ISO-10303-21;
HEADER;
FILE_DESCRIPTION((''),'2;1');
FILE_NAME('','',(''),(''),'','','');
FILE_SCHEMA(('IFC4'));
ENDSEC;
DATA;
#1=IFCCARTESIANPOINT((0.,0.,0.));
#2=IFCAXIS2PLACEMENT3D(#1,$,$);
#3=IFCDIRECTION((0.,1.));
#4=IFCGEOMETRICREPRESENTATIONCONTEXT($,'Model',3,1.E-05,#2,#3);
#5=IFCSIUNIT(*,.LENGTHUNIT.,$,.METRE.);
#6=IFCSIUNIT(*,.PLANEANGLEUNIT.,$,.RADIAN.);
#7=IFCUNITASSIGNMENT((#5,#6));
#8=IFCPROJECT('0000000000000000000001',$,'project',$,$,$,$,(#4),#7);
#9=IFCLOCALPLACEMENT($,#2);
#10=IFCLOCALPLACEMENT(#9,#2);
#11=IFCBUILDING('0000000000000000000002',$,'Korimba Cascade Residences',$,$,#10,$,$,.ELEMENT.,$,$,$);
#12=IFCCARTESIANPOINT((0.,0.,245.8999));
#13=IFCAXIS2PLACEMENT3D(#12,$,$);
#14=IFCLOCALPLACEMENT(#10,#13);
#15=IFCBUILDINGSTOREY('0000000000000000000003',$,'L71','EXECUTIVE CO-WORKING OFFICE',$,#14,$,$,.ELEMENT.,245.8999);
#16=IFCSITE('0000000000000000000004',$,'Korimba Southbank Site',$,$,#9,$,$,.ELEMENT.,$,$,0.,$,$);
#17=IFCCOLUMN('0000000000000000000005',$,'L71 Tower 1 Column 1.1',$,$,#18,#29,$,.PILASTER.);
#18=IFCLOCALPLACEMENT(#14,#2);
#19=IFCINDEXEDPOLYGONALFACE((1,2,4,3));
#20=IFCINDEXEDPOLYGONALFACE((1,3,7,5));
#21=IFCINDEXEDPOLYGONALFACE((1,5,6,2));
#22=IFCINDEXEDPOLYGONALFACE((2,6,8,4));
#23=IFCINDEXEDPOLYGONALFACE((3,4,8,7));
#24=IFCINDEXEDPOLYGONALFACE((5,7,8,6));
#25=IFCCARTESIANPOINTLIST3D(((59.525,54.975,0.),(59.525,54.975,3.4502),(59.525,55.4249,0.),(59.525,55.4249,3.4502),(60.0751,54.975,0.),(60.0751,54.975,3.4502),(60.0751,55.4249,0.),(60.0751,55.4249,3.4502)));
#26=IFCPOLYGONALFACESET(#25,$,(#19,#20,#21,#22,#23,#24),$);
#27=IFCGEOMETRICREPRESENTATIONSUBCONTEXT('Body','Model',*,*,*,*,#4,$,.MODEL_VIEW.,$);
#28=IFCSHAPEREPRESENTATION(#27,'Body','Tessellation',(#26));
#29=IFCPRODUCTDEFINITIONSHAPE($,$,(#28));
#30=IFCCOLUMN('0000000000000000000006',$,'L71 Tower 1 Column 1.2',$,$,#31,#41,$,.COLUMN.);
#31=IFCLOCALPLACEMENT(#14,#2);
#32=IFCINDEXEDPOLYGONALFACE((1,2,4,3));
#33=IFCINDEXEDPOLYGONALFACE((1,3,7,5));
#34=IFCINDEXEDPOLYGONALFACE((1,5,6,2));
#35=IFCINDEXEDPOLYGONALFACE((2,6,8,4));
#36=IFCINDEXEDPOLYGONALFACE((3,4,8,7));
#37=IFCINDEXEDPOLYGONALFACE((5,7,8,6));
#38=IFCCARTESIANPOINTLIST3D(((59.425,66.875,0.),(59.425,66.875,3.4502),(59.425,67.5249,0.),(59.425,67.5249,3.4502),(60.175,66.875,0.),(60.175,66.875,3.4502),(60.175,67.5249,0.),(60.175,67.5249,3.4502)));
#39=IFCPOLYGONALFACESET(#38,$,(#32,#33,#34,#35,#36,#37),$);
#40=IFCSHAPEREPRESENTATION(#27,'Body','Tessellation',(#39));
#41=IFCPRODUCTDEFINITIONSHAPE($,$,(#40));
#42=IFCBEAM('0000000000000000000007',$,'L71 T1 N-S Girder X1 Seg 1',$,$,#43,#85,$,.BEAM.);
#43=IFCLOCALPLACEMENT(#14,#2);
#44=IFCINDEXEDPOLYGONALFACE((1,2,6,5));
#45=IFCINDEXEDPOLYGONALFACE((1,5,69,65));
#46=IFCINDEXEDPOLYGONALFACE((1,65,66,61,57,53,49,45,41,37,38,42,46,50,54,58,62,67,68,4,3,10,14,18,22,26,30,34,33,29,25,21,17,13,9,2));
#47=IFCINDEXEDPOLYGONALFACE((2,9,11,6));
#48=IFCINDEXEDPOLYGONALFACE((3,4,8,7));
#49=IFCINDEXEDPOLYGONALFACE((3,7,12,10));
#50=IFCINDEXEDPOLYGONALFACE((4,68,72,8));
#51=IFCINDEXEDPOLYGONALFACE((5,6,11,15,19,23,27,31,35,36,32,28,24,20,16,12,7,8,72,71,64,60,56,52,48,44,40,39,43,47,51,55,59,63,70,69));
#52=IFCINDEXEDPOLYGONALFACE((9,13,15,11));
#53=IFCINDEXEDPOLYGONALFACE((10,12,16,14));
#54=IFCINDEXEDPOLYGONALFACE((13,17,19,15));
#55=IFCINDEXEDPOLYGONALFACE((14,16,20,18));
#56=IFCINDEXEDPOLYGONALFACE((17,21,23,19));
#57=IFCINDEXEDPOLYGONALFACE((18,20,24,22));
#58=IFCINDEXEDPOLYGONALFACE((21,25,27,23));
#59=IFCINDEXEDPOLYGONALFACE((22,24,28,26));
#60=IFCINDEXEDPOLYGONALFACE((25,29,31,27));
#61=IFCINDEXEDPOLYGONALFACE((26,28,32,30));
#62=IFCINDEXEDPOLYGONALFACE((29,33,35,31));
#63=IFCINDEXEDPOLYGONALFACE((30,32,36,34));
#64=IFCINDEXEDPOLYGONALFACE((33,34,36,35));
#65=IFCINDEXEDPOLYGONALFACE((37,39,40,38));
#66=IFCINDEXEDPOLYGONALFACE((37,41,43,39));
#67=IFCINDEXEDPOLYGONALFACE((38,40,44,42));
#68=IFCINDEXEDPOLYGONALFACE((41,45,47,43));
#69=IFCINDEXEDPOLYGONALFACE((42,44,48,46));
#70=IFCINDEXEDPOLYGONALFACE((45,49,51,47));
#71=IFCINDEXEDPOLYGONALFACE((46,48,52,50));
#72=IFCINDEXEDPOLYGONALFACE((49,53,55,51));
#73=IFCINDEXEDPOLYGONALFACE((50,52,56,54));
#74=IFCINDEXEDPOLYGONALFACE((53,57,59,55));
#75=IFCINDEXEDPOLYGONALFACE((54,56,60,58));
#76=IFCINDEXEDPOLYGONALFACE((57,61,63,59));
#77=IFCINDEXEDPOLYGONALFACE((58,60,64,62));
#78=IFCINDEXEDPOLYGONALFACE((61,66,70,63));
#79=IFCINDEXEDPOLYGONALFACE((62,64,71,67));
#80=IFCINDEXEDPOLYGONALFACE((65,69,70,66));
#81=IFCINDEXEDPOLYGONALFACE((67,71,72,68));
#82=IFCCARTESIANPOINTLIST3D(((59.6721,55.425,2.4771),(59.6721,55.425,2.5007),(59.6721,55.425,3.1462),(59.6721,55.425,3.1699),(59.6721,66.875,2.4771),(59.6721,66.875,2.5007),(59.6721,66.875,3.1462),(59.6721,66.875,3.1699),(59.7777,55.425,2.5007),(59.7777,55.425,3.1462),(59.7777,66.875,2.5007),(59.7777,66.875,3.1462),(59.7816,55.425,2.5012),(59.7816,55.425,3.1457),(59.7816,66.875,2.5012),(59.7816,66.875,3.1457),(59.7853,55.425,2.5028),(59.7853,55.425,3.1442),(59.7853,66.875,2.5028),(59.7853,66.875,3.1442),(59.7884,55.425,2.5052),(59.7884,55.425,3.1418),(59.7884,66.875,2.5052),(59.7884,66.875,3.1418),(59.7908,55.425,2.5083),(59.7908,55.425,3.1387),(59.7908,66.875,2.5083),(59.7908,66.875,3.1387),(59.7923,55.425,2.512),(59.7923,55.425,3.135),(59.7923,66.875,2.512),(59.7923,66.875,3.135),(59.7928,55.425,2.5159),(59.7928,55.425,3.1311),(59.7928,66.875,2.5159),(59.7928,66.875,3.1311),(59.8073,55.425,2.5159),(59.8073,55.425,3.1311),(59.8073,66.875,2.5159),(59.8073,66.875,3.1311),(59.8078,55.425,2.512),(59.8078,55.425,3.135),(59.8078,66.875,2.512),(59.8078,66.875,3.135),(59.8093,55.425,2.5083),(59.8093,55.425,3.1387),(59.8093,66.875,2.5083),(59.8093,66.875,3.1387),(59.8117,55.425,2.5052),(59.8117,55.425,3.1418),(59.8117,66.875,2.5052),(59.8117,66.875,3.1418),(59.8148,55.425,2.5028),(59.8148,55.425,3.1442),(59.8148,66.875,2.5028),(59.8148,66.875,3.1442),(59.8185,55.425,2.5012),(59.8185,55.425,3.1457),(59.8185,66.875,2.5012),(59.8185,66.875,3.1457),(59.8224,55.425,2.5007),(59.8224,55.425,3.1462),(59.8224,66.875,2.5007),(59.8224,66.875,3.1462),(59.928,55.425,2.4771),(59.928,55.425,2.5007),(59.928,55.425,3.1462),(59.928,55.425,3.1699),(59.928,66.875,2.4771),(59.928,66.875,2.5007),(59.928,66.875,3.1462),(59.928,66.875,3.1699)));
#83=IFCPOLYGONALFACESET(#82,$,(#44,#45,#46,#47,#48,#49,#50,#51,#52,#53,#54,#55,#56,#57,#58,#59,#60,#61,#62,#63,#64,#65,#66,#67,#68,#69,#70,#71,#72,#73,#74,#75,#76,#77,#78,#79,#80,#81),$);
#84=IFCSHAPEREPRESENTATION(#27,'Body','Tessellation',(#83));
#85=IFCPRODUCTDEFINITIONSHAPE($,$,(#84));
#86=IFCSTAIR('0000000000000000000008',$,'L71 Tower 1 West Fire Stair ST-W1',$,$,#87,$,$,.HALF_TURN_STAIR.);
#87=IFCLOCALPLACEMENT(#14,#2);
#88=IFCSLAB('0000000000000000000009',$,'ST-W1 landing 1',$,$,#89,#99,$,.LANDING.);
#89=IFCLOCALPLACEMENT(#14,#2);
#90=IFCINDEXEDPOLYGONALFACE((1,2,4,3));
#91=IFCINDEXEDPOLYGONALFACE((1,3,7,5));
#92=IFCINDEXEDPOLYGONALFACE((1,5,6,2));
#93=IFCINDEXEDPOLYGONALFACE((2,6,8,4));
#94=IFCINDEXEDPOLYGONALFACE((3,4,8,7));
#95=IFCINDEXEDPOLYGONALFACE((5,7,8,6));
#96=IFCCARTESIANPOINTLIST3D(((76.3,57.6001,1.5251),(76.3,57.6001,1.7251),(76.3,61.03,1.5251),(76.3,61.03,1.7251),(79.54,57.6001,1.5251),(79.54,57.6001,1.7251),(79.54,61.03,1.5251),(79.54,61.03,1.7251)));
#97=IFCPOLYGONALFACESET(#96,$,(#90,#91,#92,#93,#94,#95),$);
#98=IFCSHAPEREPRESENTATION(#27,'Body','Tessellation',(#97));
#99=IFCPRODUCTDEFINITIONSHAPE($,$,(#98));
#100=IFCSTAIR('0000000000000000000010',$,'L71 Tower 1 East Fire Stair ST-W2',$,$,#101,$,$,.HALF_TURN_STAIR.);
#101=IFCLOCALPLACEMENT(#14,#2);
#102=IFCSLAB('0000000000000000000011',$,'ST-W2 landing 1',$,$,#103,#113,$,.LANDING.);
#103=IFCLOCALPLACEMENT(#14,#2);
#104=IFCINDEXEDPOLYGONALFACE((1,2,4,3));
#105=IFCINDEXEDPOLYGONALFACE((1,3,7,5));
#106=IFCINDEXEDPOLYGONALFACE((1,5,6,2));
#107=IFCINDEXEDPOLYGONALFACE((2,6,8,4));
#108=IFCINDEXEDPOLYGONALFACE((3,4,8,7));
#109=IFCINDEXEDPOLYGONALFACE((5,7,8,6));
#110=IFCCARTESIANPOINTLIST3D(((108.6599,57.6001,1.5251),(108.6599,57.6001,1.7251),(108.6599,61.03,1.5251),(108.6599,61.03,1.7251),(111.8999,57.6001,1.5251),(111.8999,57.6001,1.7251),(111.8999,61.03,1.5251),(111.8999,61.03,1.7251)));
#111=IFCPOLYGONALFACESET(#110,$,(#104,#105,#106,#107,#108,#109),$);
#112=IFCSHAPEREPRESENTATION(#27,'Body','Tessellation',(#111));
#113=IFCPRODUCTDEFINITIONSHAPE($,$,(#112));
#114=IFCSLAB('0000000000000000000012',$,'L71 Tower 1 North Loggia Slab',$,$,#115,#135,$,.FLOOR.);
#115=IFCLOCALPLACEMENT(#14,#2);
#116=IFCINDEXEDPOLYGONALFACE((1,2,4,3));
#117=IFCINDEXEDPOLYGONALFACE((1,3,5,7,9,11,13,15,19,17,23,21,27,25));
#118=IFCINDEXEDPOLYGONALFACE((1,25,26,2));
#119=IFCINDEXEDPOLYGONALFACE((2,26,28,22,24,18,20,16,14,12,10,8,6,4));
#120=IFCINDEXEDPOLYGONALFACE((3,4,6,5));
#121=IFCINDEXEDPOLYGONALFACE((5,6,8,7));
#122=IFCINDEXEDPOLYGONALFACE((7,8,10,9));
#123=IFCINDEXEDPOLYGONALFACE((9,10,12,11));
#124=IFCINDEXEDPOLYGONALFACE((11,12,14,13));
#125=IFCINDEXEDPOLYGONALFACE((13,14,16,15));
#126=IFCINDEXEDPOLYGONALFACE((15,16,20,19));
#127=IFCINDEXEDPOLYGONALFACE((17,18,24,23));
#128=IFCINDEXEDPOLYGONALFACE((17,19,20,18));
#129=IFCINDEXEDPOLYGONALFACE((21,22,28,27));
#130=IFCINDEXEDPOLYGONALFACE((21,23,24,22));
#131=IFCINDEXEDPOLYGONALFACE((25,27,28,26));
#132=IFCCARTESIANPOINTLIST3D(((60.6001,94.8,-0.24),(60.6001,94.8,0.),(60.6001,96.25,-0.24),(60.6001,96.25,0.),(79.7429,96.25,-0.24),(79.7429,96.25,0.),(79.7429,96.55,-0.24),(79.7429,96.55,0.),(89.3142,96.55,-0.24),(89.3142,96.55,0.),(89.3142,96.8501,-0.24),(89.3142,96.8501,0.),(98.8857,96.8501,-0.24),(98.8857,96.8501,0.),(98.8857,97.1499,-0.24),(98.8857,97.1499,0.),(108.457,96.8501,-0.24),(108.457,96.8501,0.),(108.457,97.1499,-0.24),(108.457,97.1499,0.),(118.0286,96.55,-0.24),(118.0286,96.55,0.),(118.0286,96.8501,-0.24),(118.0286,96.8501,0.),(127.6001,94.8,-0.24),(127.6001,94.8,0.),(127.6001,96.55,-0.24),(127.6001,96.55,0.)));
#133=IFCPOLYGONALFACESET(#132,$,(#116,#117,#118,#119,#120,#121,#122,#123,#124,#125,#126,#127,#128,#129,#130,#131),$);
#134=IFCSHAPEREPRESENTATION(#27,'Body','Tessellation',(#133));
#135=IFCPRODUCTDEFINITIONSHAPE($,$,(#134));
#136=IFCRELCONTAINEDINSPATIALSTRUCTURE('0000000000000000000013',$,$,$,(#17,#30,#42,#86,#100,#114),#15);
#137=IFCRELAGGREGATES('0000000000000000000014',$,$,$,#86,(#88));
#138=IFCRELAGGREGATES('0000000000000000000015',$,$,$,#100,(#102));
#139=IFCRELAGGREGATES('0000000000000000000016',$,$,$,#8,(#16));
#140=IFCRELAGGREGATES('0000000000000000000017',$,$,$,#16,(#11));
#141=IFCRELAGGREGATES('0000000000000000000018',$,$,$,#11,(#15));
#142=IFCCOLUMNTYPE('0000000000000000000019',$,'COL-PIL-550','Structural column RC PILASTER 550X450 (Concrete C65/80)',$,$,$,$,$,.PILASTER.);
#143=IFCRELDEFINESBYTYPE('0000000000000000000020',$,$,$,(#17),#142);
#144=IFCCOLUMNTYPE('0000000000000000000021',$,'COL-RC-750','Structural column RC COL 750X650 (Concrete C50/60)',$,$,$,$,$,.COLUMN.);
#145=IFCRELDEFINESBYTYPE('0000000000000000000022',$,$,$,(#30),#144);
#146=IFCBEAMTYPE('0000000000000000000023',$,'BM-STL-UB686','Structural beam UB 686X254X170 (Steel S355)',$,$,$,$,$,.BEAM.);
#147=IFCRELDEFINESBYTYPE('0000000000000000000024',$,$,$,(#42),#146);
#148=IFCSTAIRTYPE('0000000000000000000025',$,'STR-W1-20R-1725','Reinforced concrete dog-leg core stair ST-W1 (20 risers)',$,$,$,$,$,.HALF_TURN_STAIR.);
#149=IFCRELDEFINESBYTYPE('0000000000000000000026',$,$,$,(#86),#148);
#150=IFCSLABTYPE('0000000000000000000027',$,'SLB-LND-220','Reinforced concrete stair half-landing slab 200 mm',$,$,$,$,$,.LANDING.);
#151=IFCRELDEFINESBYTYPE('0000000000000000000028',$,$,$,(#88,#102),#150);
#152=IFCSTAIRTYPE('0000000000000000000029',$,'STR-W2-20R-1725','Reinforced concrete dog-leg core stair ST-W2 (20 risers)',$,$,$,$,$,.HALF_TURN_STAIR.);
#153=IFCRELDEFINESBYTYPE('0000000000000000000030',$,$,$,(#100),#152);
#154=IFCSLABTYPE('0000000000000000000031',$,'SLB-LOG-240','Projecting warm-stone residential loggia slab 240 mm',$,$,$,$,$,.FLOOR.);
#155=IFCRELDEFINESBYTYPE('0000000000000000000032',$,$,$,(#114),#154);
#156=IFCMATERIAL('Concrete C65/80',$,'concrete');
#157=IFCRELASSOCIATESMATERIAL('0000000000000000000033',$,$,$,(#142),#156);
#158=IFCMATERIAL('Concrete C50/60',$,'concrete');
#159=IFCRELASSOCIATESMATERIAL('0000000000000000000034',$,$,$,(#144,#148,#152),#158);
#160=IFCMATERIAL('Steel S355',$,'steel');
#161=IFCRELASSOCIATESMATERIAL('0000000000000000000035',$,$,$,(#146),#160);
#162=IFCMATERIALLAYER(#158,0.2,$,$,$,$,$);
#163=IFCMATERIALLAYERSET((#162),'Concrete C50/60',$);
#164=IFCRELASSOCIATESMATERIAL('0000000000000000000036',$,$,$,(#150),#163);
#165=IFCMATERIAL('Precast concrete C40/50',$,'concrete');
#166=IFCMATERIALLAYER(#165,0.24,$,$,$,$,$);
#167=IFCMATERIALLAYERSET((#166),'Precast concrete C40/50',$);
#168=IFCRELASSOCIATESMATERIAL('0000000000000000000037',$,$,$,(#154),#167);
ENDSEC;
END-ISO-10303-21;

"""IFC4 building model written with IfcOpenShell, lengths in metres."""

from ifc_helpers import new_model, si_unit, direction, frame, origin, origin_2d, place, context, subcontext, project, spatial, polyline, rectangle, i_section, outline, extrude, material, layer, layer_set, material_profile, profile_set, type_object, element, aggregate, save


model = new_model("IFC4")

# Units and contexts
model_context = context("Model", 3, precision=1e-05, world=origin(), true_north=direction((0.0, 1.0)))
body_context = subcontext(model_context, "Body", "Model", "MODEL_VIEW")
ifc_project = project(units=[si_unit("LENGTHUNIT", "METRE"), si_unit("PLANEANGLEUNIT", "RADIAN")], contexts=[model_context])

# Site, building, storey
site_placement = place(None, origin())
site = spatial("IfcSite", under=ifc_project, at=site_placement, Name="Korimba Southbank Site", CompositionType="ELEMENT", RefElevation=0.0)
building_placement = place(site_placement, origin())
building = spatial("IfcBuilding", under=site, at=building_placement, Name="Korimba Cascade Residences", CompositionType="ELEMENT")
storey_placement = place(building_placement, frame((0.0, 0.0, 245.8999)))
storey = spatial("IfcBuildingStorey", under=building, at=storey_placement, Name="L71", Description="EXECUTIVE CO-WORKING OFFICE", CompositionType="ELEMENT", Elevation=245.8999)

# Columns
ifc_material_1 = material(Name="Concrete C65/80", Category="concrete")
ifc_material_profile_1 = material_profile(ifc_material_1, rectangle(XDim=0.55, YDim=0.45, at=origin_2d()), Name="Concrete C65/80")
ifc_profile_set_1 = profile_set([ifc_material_profile_1], Name="Concrete C65/80")
column_type_1 = type_object("IfcColumnType", Name="COL-PIL-550", Description="Structural column RC PILASTER 550X450 (Concrete C65/80)", PredefinedType="PILASTER", material=ifc_profile_set_1)
column_1_placement = place(storey_placement, frame((59.8, 55.2, 0.0), z_axis=(0.0, 0.0, 1.0), x_axis=(1.0, 0.0, 0.0)))
element("IfcColumn", 1, at=column_1_placement, inside=storey, type_object=column_type_1, Name="L71 Tower 1 Column 1.1", PredefinedType="PILASTER", context=body_context, shape_type="SweptSolid", body=[
    extrude(rectangle(XDim=0.55, YDim=0.45, at=origin_2d()), origin(), (0.0, 0.0, 1.0), 3.4502),
])
ifc_material_2 = material(Name="Concrete C50/60", Category="concrete")
ifc_material_profile_2 = material_profile(ifc_material_2, rectangle(XDim=0.75, YDim=0.6499, at=origin_2d()), Name="Concrete C50/60")
ifc_profile_set_2 = profile_set([ifc_material_profile_2], Name="Concrete C50/60")
column_type_2 = type_object("IfcColumnType", Name="COL-RC-750", Description="Structural column RC COL 750X650 (Concrete C50/60)", PredefinedType="COLUMN", material=ifc_profile_set_2)
column_2_placement = place(storey_placement, frame((59.8, 67.2, 0.0), z_axis=(0.0, 0.0, 1.0), x_axis=(1.0, 0.0, 0.0)))
element("IfcColumn", 2, at=column_2_placement, inside=storey, type_object=column_type_2, Name="L71 Tower 1 Column 1.2", PredefinedType="COLUMN", context=body_context, shape_type="SweptSolid", body=[
    extrude(rectangle(XDim=0.75, YDim=0.6499, at=origin_2d()), origin(), (0.0, 0.0, 1.0), 3.4502),
])

# Beam
ifc_material_3 = material(Name="Steel S355", Category="steel")
ifc_material_profile_3 = material_profile(ifc_material_3, i_section(OverallWidth=0.2559, OverallDepth=0.6929, WebThickness=0.0144, FlangeThickness=0.0237, FilletRadius=0.0151, at=origin_2d()), Name="Steel S355")
ifc_profile_set_3 = profile_set([ifc_material_profile_3], Name="Steel S355")
beam_type = type_object("IfcBeamType", Name="BM-STL-UB686", Description="Structural beam UB 686X254X170 (Steel S355)", PredefinedType="BEAM", material=ifc_profile_set_3)
beam_placement = place(storey_placement, frame((59.8, 55.425, 2.8235), z_axis=(0.0, 1.0, 0.0), x_axis=(-1.0, 0.0, 0.0)))
element("IfcBeam", 3, at=beam_placement, inside=storey, type_object=beam_type, Name="L71 T1 N-S Girder X1 Seg 1", PredefinedType="BEAM", context=body_context, shape_type="SweptSolid", body=[
    extrude(i_section(OverallWidth=0.2559, OverallDepth=0.6929, WebThickness=0.0144, FlangeThickness=0.0237, FilletRadius=0.0151, at=origin_2d()), origin(), (0.0, 0.0, 1.0), 11.45),
])

# Stairs, slabs
stair_type_1 = type_object("IfcStairType", Name="STR-W1-20R-1725", Description="Reinforced concrete dog-leg core stair ST-W1 (20 risers)", PredefinedType="HALF_TURN_STAIR", material=ifc_material_2)
stair_1_placement = place(storey_placement, origin())
stair_1 = element("IfcStair", 4, at=stair_1_placement, inside=storey, type_object=stair_type_1, Name="L71 Tower 1 West Fire Stair ST-W1", PredefinedType="HALF_TURN_STAIR")
ifc_layer_1 = layer(ifc_material_2, 0.2)
ifc_layer_set_1 = layer_set([ifc_layer_1], Name="Concrete C50/60")
slab_type_1 = type_object("IfcSlabType", Name="SLB-LND-220", Description="Reinforced concrete stair half-landing slab 200 mm", PredefinedType="LANDING", material=ifc_layer_set_1)
slab_1_placement = place(storey_placement, frame((0.0, 0.0, 1.5251)))
slab_1 = element("IfcSlab", 5, at=slab_1_placement, type_object=slab_type_1, Name="ST-W1 landing 1", PredefinedType="LANDING", context=body_context, shape_type="SweptSolid", body=[
    extrude(outline(polyline([(76.3, 61.03), (76.3, 57.6001), (79.54, 57.6001), (79.54, 61.03), (76.3, 61.03)])), origin(), (0.0, 0.0, 1.0), 0.2),
])
aggregate(stair_1, [slab_1])
stair_type_2 = type_object("IfcStairType", Name="STR-W2-20R-1725", Description="Reinforced concrete dog-leg core stair ST-W2 (20 risers)", PredefinedType="HALF_TURN_STAIR", material=ifc_material_2)
stair_2_placement = place(storey_placement, origin())
stair_2 = element("IfcStair", 6, at=stair_2_placement, inside=storey, type_object=stair_type_2, Name="L71 Tower 1 East Fire Stair ST-W2", PredefinedType="HALF_TURN_STAIR")
slab_2_placement = place(storey_placement, frame((0.0, 0.0, 1.5251)))
slab_2 = element("IfcSlab", 7, at=slab_2_placement, type_object=slab_type_1, Name="ST-W2 landing 1", PredefinedType="LANDING", context=body_context, shape_type="SweptSolid", body=[
    extrude(outline(polyline([(108.6599, 61.03), (108.6599, 57.6001), (111.8999, 57.6001), (111.8999, 61.03), (108.6599, 61.03)])), origin(), (0.0, 0.0, 1.0), 0.2),
])
aggregate(stair_2, [slab_2])

# Slab
ifc_material_4 = material(Name="Precast concrete C40/50", Category="concrete")
ifc_layer_2 = layer(ifc_material_4, 0.24)
ifc_layer_set_2 = layer_set([ifc_layer_2], Name="Precast concrete C40/50")
slab_type_2 = type_object("IfcSlabType", Name="SLB-LOG-240", Description="Projecting warm-stone residential loggia slab 240 mm", PredefinedType="FLOOR", material=ifc_layer_set_2)
slab_3_placement = place(storey_placement, frame((0.0, 0.0, -0.24)))
element("IfcSlab", 8, at=slab_3_placement, inside=storey, type_object=slab_type_2, Name="L71 Tower 1 North Loggia Slab", PredefinedType="FLOOR", context=body_context, shape_type="SweptSolid", body=[
    extrude(outline(polyline([(60.6001, 94.8), (127.6001, 94.8), (127.6001, 96.55), (118.0286, 96.55), (118.0286, 96.8501), (108.457, 96.8501), (108.457, 97.1499), (98.8857, 97.1499), (98.8857, 96.8501), (89.3142, 96.8501), (89.3142, 96.55), (79.7429, 96.55), (79.7429, 96.25), (60.6001, 96.25), (60.6001, 94.8)])), origin(), (0.0, 0.0, 1.0), 0.24),
])

save(model, "model.ifc")
